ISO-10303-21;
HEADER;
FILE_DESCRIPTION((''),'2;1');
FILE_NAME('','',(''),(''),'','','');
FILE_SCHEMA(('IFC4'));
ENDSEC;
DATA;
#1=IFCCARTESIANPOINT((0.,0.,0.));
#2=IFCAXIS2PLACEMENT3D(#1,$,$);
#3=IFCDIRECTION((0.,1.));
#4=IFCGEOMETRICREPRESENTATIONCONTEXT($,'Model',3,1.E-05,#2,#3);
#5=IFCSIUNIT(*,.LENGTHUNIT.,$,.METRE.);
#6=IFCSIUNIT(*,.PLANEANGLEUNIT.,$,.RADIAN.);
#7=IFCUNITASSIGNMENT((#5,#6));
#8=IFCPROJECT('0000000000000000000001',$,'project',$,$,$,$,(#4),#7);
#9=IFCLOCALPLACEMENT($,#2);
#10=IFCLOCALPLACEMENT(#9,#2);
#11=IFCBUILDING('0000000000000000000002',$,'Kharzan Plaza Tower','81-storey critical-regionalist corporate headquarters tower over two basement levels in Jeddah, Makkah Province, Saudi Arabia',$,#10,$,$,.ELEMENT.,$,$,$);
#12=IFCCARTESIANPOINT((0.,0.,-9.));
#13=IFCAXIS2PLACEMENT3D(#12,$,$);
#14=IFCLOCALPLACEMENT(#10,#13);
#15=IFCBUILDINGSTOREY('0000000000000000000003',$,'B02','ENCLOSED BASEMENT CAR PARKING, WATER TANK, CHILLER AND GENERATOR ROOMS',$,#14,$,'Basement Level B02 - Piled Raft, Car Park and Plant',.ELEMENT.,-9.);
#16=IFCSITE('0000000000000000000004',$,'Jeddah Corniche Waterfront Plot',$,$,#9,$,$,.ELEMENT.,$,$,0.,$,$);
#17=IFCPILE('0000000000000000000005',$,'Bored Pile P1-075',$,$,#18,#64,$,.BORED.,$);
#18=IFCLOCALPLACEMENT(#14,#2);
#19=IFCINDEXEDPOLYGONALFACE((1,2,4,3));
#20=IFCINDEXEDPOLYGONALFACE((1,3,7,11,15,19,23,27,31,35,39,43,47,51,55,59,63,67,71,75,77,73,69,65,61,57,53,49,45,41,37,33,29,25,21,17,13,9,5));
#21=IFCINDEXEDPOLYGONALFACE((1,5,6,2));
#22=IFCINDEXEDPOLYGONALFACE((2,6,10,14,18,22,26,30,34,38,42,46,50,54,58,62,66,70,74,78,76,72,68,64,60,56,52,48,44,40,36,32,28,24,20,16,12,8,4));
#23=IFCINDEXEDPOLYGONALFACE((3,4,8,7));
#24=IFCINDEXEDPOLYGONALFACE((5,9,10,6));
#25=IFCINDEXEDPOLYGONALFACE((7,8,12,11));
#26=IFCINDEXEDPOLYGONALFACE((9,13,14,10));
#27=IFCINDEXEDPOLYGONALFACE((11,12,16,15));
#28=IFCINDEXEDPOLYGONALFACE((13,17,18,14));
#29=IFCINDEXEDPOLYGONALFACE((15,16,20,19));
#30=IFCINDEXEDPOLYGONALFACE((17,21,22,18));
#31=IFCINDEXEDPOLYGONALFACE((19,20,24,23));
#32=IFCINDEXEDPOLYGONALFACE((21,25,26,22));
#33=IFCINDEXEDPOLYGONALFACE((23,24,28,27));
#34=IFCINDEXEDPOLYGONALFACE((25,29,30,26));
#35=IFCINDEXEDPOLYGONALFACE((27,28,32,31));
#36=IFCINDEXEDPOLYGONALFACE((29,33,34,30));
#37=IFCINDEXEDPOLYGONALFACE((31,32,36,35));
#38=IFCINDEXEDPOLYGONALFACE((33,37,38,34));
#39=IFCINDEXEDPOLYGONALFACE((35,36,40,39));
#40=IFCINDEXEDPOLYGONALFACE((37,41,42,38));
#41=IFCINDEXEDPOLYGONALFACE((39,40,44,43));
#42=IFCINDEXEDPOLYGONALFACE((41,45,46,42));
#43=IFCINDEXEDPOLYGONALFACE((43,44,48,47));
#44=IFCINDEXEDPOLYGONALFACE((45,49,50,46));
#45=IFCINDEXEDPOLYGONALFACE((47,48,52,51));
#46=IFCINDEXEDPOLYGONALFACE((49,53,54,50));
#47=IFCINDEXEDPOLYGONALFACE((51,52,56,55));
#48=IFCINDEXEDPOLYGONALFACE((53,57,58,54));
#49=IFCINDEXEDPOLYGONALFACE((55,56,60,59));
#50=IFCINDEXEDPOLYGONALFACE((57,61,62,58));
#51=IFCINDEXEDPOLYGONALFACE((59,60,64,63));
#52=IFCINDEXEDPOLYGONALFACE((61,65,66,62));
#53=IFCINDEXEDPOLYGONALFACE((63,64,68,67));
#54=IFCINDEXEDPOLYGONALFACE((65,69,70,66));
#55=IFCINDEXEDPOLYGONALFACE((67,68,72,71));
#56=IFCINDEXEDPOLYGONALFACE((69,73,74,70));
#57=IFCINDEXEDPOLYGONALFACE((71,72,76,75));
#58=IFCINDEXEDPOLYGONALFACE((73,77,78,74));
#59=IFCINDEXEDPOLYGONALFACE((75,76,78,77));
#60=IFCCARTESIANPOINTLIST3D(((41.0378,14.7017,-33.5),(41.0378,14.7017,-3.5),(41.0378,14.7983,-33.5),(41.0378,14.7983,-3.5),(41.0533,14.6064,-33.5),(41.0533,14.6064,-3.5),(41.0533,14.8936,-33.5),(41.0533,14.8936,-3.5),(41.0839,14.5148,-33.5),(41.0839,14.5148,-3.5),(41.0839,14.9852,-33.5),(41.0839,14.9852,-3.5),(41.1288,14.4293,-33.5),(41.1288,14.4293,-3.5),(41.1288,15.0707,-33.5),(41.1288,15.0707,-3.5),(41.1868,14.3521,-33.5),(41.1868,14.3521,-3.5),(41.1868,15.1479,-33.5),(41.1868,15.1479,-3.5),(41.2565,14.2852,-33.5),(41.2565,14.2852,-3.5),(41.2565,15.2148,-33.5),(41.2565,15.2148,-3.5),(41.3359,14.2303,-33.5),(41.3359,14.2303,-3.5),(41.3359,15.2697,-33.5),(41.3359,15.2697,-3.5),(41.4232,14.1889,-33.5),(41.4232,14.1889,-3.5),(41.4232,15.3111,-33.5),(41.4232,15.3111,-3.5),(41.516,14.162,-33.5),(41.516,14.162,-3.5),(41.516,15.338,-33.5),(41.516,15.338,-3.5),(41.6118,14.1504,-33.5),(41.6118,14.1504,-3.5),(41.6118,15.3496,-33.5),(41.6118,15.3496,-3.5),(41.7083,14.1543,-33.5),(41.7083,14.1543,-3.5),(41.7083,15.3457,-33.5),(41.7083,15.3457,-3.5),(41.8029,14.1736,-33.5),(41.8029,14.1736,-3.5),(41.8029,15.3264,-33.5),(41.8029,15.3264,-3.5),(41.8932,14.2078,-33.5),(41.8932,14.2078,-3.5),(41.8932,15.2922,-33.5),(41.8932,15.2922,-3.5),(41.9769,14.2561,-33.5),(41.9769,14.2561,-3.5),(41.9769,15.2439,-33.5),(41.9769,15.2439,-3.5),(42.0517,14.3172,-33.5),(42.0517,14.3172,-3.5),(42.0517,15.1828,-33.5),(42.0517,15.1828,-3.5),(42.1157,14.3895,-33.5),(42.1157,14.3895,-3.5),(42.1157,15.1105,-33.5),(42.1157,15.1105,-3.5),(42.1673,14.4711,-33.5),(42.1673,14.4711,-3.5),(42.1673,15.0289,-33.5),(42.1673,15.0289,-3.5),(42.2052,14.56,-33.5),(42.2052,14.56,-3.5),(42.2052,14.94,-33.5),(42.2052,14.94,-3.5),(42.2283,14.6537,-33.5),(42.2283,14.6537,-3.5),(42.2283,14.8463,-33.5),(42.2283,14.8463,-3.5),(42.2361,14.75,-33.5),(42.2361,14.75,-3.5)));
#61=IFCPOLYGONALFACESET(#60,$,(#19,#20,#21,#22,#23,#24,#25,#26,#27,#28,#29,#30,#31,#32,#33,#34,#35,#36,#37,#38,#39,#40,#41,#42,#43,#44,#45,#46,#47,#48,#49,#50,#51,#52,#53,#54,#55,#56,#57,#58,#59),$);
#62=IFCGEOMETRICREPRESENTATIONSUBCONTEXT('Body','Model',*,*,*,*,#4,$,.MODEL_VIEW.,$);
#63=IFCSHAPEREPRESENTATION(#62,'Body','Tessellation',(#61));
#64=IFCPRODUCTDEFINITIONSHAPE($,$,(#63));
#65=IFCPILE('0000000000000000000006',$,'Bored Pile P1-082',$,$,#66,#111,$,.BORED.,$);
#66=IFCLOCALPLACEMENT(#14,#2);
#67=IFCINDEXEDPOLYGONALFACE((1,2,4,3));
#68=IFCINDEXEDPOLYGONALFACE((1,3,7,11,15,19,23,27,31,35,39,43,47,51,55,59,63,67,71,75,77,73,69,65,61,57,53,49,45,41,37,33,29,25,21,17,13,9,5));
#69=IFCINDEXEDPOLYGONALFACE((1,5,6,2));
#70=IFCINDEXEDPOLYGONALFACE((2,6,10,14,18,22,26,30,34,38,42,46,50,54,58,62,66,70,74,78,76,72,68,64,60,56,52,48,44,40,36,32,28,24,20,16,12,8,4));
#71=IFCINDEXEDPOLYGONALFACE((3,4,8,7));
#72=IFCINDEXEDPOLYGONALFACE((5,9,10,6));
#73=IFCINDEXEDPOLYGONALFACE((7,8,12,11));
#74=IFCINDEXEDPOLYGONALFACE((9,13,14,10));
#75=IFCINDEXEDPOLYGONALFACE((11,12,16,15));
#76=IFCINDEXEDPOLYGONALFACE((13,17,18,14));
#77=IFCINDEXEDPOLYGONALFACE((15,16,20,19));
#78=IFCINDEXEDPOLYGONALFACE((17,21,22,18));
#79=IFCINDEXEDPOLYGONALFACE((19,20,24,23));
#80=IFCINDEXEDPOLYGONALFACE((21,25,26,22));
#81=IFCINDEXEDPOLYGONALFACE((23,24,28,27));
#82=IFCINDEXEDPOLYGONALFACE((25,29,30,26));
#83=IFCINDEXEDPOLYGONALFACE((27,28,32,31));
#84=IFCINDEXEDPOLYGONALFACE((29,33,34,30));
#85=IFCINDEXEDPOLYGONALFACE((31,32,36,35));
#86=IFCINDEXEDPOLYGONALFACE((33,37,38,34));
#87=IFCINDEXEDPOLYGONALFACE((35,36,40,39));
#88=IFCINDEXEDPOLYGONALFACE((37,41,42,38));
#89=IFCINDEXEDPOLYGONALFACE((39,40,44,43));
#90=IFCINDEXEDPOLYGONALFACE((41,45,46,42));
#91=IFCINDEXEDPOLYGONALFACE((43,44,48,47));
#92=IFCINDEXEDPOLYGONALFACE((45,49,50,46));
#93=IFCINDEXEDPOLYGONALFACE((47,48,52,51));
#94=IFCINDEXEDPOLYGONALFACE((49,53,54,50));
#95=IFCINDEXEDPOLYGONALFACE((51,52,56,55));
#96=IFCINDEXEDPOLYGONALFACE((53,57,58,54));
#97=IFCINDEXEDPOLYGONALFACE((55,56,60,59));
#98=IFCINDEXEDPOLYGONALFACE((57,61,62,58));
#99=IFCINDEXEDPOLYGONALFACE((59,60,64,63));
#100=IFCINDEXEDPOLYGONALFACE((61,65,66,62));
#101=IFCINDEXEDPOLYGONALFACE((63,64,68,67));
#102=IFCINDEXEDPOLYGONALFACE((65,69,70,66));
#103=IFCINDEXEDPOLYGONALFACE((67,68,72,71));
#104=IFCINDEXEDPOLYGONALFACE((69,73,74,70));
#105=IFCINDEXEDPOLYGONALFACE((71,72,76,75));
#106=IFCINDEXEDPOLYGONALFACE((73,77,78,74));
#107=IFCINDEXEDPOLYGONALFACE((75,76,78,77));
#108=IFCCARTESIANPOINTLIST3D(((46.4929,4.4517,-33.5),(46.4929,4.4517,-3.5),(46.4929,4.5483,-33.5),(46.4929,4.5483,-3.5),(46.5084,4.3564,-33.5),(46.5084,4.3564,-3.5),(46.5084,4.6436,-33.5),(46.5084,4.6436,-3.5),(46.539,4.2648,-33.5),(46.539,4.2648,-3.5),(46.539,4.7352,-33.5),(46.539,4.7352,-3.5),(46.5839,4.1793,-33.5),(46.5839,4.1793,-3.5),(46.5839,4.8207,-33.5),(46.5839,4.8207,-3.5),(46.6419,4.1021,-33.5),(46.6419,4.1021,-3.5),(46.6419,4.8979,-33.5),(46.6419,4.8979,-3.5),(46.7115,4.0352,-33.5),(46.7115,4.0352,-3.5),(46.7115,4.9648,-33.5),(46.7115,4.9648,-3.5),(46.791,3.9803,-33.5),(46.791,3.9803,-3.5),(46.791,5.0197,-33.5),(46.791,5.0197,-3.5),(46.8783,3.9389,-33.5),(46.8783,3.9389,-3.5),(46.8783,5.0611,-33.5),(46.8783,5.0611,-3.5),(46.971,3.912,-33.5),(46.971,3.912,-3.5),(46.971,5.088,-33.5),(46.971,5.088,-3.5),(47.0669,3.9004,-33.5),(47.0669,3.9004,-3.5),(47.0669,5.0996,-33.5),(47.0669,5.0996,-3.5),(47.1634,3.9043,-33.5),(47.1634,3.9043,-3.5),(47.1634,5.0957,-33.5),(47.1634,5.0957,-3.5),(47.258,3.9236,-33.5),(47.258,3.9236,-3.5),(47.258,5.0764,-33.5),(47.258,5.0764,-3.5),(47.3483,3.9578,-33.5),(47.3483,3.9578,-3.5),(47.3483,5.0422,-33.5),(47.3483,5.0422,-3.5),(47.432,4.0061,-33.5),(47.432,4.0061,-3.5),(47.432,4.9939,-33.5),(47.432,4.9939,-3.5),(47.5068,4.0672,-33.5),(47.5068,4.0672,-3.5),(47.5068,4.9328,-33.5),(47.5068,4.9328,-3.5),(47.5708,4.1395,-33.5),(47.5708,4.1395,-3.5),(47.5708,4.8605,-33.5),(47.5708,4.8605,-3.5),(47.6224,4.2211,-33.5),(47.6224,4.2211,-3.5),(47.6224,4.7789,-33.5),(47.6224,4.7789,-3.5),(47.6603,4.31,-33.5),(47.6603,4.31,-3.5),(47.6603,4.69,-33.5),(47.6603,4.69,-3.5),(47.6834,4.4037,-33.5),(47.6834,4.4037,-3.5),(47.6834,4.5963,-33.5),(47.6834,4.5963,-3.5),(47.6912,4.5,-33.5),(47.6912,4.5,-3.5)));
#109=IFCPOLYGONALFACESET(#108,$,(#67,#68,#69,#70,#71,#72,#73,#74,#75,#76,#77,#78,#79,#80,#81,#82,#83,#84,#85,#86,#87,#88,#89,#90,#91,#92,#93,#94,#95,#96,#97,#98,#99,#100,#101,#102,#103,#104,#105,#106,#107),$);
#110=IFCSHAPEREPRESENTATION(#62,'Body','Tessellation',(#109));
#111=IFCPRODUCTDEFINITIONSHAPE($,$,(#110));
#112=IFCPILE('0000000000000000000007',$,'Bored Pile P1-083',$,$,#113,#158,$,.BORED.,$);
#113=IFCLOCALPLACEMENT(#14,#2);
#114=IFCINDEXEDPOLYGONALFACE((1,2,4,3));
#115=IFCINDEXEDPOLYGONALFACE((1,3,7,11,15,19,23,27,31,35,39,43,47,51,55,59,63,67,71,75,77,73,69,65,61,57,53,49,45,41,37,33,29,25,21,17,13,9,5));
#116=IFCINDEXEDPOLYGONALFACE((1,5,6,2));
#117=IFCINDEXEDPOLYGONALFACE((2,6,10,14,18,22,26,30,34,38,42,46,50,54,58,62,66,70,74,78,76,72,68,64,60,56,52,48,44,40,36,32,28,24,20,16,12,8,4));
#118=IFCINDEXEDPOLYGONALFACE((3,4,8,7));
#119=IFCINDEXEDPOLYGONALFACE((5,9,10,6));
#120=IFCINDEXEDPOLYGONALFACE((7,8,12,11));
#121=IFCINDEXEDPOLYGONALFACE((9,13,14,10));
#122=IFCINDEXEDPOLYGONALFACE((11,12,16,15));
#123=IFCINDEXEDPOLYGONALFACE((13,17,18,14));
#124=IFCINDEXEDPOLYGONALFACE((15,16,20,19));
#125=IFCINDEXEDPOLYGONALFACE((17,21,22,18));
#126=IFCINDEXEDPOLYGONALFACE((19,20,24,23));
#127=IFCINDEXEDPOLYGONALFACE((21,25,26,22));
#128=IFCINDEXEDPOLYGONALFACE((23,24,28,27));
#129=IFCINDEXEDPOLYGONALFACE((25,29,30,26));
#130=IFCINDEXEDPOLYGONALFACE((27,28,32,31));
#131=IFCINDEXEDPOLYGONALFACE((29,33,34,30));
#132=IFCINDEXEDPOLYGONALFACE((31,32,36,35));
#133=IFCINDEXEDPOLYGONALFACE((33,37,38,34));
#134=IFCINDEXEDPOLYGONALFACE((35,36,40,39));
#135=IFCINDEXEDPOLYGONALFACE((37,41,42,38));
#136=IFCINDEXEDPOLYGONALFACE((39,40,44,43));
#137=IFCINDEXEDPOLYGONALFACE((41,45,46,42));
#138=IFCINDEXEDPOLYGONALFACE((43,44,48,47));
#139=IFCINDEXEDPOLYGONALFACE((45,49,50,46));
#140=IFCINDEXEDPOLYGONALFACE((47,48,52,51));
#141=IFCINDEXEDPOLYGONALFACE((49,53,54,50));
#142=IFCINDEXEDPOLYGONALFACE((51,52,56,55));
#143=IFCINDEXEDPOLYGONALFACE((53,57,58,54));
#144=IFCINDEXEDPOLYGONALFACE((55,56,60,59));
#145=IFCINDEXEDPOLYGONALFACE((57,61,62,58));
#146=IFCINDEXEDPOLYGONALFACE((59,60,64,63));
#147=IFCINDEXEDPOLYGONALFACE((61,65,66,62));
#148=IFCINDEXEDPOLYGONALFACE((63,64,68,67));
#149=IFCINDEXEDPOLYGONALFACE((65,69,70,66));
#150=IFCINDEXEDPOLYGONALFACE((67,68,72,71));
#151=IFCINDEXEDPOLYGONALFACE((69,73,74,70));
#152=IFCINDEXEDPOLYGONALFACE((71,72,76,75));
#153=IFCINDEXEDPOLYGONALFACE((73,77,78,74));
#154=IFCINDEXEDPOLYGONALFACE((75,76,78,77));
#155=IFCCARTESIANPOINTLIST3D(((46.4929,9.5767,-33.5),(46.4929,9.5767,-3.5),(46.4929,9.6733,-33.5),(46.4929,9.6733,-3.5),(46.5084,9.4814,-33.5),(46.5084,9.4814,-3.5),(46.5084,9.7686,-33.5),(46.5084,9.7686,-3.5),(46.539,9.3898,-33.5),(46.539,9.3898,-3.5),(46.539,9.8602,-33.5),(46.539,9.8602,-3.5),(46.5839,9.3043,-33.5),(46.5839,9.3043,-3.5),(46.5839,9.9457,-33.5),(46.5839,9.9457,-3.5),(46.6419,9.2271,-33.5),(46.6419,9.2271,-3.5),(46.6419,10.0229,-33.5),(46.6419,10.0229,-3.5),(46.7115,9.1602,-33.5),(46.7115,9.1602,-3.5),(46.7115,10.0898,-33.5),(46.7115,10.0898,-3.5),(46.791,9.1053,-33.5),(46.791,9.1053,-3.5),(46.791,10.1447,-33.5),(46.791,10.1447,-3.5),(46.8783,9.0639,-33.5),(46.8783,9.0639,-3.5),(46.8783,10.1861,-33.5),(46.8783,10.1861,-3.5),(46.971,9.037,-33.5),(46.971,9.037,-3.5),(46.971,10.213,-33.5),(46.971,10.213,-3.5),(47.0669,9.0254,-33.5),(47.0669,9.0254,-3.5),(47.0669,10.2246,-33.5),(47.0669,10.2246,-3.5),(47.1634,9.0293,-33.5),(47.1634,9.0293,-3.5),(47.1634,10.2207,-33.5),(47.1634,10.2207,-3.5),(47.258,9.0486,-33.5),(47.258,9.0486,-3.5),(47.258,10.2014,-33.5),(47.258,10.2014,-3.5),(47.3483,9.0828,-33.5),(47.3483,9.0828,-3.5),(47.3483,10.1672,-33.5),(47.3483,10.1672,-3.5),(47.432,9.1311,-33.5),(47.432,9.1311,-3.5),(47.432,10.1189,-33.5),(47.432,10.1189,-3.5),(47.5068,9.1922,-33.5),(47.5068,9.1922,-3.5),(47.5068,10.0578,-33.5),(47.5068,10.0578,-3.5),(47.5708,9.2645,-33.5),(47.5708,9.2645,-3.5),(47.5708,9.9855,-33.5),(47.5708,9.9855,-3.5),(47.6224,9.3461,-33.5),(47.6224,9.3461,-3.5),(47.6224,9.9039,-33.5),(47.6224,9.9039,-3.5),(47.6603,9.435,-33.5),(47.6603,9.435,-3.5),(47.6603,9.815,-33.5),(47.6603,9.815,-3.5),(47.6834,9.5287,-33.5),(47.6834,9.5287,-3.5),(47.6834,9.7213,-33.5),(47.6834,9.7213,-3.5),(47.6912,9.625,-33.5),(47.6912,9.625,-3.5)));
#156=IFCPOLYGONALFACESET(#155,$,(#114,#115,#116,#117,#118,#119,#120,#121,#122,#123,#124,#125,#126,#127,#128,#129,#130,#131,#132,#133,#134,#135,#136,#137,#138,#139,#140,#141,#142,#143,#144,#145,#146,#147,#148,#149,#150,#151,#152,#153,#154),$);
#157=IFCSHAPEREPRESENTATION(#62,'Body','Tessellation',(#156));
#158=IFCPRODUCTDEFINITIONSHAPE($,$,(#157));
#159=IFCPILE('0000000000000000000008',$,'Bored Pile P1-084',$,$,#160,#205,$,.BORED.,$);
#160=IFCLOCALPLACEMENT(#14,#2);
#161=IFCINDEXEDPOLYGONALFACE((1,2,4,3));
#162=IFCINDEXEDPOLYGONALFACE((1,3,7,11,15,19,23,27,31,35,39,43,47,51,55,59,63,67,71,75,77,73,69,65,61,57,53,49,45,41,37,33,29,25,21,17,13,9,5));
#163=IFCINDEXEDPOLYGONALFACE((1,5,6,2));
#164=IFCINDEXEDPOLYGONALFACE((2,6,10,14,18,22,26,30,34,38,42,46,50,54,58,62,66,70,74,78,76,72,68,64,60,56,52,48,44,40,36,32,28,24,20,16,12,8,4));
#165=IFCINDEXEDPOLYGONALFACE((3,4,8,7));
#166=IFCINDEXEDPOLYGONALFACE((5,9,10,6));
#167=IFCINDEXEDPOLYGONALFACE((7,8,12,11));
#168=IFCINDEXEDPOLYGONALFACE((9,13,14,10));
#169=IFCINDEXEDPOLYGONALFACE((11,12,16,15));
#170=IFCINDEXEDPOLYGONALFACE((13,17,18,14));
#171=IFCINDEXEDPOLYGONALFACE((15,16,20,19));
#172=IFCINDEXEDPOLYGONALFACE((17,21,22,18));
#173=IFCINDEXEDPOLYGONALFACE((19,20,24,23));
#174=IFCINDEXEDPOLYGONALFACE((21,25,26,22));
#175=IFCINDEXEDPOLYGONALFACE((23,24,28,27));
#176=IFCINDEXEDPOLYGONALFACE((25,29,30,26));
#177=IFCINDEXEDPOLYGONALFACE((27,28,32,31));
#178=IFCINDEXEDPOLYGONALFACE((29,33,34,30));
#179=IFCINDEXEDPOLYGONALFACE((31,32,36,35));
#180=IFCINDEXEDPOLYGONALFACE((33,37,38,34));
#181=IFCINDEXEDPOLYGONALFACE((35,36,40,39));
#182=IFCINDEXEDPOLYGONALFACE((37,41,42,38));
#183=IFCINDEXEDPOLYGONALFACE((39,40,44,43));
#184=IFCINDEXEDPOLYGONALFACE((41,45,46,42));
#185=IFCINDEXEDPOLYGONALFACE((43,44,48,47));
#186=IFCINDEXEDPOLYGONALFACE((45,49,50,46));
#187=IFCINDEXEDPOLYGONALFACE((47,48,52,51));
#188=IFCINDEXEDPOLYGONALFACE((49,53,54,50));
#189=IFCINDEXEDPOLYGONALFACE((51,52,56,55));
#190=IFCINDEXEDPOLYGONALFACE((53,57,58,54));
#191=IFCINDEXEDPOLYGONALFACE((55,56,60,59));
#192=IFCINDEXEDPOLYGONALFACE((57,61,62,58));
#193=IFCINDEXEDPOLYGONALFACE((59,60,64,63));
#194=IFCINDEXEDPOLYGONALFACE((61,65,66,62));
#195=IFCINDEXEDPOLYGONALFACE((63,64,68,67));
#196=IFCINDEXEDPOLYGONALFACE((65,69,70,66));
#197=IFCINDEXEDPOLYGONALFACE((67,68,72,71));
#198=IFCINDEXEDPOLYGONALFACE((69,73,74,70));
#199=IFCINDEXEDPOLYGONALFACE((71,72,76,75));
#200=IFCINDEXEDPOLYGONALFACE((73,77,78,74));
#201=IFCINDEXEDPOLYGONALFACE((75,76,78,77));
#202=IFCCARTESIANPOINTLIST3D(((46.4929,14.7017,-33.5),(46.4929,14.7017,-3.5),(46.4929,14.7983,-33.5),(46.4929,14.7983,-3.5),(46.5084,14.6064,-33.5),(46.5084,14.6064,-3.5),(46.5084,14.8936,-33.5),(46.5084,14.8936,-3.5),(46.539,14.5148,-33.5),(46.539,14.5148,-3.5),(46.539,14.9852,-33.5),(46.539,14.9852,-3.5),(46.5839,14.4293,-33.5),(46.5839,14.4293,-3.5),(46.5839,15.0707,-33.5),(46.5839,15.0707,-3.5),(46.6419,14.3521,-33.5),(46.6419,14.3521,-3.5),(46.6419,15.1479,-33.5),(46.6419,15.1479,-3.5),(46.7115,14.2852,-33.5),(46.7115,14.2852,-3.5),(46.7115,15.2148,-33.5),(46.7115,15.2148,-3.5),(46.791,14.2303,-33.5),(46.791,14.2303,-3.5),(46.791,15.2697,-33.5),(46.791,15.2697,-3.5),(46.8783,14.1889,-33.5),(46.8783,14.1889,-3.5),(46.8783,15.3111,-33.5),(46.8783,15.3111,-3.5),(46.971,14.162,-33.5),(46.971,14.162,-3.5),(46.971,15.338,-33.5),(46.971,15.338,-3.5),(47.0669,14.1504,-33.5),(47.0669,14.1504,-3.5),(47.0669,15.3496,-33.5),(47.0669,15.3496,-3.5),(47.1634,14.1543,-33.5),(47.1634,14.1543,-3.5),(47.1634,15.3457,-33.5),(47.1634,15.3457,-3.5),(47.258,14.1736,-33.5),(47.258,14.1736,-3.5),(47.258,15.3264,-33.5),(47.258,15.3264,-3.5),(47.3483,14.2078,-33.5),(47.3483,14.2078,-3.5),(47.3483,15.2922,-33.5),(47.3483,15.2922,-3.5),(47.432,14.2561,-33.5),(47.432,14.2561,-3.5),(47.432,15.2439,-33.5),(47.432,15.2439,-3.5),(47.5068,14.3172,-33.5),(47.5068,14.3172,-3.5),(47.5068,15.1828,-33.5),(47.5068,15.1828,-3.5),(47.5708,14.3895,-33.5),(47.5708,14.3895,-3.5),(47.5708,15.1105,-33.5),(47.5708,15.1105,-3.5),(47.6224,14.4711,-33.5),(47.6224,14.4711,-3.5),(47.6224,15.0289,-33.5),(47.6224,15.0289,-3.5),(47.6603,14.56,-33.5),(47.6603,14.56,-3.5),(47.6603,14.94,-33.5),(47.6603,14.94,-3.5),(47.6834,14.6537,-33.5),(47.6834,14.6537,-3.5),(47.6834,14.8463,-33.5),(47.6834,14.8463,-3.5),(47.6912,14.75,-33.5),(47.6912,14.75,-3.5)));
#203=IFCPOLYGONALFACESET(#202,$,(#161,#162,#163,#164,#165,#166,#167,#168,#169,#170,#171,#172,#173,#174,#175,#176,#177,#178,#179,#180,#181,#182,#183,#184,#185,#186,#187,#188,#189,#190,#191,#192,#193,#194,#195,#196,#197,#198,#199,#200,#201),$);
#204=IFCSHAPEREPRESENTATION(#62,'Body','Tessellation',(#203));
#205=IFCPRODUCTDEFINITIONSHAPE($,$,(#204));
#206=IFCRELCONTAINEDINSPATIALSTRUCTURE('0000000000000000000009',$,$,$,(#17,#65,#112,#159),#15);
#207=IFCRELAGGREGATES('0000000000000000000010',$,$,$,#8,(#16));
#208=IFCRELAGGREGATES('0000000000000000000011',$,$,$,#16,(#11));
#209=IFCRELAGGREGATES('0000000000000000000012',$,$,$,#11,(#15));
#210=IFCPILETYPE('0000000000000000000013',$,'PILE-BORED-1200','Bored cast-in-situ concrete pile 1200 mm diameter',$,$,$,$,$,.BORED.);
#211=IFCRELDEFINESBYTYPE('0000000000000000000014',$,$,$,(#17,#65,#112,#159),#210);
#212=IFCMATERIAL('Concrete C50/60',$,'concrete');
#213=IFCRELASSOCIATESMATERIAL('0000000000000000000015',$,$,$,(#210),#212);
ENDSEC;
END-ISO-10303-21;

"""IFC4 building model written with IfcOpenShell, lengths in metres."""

from ifc_helpers import new_model, si_unit, direction, frame, origin, origin_2d, place, context, subcontext, project, spatial, circle, extrude, source, transform, mapped, material, material_profile, profile_set, type_object, element, save


model = new_model("IFC4")

# Units and contexts
model_context = context("Model", 3, precision=1e-05, world=origin(), true_north=direction((0.0, 1.0)))
body_context = subcontext(model_context, "Body", "Model", "MODEL_VIEW")
ifc_project = project(units=[si_unit("LENGTHUNIT", "METRE"), si_unit("PLANEANGLEUNIT", "RADIAN")], contexts=[model_context])

# Site, building, storey
site_placement = place(None, origin())
site = spatial("IfcSite", under=ifc_project, at=site_placement, Name="Jeddah Corniche Waterfront Plot", CompositionType="ELEMENT", RefElevation=0.0)
building_placement = place(site_placement, origin())
building = spatial("IfcBuilding", under=site, at=building_placement, Name="Kharzan Plaza Tower", Description="81-storey critical-regionalist corporate headquarters tower over two basement levels in Jeddah, Makkah Province, Saudi Arabia", CompositionType="ELEMENT")
storey_placement = place(building_placement, frame((0.0, 0.0, -9.0)))
storey = spatial("IfcBuildingStorey", under=building, at=storey_placement, Name="B02", Description="ENCLOSED BASEMENT CAR PARKING, WATER TANK, CHILLER AND GENERATOR ROOMS", LongName="Basement Level B02 - Piled Raft, Car Park and Plant", CompositionType="ELEMENT", Elevation=-9.0)

# Piles
ifc_material_1 = material(Name="Concrete C50/60", Category="concrete")
ifc_material_profile_1 = material_profile(ifc_material_1, circle(Radius=0.6001, at=origin_2d()), Name="PILE-D1200")
ifc_profile_set_1 = profile_set([ifc_material_profile_1], Name="Concrete C50/60")
pile_type = type_object("IfcPileType", Name="PILE-BORED-1200", Description="Bored cast-in-situ concrete pile 1200 mm diameter", PredefinedType="BORED", material=ifc_profile_set_1)
shared_shape_1 = source(origin(), body_context, "Body", "SweptSolid", [
    extrude(circle(Radius=0.6001, at=origin_2d()), origin(), (0.0, 0.0, 1.0), 30.0),
])
for number, where, z_axis, x_axis, name in (
    (1, (41.636, 14.75, -3.5), (0.0, 0.0, -1.0), (1.0, 0.0, 0.0), "Bored Pile P1-075"),
    (2, (47.0911, 4.5, -3.5), (0.0, 0.0, -1.0), (1.0, 0.0, 0.0), "Bored Pile P1-082"),
    (3, (47.0911, 9.625, -3.5), (0.0, 0.0, -1.0), (1.0, 0.0, 0.0), "Bored Pile P1-083"),
    (4, (47.0911, 14.75, -3.5), (0.0, 0.0, -1.0), (1.0, 0.0, 0.0), "Bored Pile P1-084"),
):
    element("IfcPile", number, at=place(storey_placement, frame(where, z_axis=z_axis, x_axis=x_axis)), inside=storey, type_object=pile_type, Name=name, PredefinedType="BORED", context=body_context, shape_type="MappedRepresentation", body=[
        mapped(shared_shape_1, transform((0.0, 0.0, 0.0), x_axis=(1.0, 0.0, 0.0), y_axis=(0.0, 1.0, 0.0), z_axis=(0.0, 0.0, 1.0))),
    ])

save(model, "model.ifc")
